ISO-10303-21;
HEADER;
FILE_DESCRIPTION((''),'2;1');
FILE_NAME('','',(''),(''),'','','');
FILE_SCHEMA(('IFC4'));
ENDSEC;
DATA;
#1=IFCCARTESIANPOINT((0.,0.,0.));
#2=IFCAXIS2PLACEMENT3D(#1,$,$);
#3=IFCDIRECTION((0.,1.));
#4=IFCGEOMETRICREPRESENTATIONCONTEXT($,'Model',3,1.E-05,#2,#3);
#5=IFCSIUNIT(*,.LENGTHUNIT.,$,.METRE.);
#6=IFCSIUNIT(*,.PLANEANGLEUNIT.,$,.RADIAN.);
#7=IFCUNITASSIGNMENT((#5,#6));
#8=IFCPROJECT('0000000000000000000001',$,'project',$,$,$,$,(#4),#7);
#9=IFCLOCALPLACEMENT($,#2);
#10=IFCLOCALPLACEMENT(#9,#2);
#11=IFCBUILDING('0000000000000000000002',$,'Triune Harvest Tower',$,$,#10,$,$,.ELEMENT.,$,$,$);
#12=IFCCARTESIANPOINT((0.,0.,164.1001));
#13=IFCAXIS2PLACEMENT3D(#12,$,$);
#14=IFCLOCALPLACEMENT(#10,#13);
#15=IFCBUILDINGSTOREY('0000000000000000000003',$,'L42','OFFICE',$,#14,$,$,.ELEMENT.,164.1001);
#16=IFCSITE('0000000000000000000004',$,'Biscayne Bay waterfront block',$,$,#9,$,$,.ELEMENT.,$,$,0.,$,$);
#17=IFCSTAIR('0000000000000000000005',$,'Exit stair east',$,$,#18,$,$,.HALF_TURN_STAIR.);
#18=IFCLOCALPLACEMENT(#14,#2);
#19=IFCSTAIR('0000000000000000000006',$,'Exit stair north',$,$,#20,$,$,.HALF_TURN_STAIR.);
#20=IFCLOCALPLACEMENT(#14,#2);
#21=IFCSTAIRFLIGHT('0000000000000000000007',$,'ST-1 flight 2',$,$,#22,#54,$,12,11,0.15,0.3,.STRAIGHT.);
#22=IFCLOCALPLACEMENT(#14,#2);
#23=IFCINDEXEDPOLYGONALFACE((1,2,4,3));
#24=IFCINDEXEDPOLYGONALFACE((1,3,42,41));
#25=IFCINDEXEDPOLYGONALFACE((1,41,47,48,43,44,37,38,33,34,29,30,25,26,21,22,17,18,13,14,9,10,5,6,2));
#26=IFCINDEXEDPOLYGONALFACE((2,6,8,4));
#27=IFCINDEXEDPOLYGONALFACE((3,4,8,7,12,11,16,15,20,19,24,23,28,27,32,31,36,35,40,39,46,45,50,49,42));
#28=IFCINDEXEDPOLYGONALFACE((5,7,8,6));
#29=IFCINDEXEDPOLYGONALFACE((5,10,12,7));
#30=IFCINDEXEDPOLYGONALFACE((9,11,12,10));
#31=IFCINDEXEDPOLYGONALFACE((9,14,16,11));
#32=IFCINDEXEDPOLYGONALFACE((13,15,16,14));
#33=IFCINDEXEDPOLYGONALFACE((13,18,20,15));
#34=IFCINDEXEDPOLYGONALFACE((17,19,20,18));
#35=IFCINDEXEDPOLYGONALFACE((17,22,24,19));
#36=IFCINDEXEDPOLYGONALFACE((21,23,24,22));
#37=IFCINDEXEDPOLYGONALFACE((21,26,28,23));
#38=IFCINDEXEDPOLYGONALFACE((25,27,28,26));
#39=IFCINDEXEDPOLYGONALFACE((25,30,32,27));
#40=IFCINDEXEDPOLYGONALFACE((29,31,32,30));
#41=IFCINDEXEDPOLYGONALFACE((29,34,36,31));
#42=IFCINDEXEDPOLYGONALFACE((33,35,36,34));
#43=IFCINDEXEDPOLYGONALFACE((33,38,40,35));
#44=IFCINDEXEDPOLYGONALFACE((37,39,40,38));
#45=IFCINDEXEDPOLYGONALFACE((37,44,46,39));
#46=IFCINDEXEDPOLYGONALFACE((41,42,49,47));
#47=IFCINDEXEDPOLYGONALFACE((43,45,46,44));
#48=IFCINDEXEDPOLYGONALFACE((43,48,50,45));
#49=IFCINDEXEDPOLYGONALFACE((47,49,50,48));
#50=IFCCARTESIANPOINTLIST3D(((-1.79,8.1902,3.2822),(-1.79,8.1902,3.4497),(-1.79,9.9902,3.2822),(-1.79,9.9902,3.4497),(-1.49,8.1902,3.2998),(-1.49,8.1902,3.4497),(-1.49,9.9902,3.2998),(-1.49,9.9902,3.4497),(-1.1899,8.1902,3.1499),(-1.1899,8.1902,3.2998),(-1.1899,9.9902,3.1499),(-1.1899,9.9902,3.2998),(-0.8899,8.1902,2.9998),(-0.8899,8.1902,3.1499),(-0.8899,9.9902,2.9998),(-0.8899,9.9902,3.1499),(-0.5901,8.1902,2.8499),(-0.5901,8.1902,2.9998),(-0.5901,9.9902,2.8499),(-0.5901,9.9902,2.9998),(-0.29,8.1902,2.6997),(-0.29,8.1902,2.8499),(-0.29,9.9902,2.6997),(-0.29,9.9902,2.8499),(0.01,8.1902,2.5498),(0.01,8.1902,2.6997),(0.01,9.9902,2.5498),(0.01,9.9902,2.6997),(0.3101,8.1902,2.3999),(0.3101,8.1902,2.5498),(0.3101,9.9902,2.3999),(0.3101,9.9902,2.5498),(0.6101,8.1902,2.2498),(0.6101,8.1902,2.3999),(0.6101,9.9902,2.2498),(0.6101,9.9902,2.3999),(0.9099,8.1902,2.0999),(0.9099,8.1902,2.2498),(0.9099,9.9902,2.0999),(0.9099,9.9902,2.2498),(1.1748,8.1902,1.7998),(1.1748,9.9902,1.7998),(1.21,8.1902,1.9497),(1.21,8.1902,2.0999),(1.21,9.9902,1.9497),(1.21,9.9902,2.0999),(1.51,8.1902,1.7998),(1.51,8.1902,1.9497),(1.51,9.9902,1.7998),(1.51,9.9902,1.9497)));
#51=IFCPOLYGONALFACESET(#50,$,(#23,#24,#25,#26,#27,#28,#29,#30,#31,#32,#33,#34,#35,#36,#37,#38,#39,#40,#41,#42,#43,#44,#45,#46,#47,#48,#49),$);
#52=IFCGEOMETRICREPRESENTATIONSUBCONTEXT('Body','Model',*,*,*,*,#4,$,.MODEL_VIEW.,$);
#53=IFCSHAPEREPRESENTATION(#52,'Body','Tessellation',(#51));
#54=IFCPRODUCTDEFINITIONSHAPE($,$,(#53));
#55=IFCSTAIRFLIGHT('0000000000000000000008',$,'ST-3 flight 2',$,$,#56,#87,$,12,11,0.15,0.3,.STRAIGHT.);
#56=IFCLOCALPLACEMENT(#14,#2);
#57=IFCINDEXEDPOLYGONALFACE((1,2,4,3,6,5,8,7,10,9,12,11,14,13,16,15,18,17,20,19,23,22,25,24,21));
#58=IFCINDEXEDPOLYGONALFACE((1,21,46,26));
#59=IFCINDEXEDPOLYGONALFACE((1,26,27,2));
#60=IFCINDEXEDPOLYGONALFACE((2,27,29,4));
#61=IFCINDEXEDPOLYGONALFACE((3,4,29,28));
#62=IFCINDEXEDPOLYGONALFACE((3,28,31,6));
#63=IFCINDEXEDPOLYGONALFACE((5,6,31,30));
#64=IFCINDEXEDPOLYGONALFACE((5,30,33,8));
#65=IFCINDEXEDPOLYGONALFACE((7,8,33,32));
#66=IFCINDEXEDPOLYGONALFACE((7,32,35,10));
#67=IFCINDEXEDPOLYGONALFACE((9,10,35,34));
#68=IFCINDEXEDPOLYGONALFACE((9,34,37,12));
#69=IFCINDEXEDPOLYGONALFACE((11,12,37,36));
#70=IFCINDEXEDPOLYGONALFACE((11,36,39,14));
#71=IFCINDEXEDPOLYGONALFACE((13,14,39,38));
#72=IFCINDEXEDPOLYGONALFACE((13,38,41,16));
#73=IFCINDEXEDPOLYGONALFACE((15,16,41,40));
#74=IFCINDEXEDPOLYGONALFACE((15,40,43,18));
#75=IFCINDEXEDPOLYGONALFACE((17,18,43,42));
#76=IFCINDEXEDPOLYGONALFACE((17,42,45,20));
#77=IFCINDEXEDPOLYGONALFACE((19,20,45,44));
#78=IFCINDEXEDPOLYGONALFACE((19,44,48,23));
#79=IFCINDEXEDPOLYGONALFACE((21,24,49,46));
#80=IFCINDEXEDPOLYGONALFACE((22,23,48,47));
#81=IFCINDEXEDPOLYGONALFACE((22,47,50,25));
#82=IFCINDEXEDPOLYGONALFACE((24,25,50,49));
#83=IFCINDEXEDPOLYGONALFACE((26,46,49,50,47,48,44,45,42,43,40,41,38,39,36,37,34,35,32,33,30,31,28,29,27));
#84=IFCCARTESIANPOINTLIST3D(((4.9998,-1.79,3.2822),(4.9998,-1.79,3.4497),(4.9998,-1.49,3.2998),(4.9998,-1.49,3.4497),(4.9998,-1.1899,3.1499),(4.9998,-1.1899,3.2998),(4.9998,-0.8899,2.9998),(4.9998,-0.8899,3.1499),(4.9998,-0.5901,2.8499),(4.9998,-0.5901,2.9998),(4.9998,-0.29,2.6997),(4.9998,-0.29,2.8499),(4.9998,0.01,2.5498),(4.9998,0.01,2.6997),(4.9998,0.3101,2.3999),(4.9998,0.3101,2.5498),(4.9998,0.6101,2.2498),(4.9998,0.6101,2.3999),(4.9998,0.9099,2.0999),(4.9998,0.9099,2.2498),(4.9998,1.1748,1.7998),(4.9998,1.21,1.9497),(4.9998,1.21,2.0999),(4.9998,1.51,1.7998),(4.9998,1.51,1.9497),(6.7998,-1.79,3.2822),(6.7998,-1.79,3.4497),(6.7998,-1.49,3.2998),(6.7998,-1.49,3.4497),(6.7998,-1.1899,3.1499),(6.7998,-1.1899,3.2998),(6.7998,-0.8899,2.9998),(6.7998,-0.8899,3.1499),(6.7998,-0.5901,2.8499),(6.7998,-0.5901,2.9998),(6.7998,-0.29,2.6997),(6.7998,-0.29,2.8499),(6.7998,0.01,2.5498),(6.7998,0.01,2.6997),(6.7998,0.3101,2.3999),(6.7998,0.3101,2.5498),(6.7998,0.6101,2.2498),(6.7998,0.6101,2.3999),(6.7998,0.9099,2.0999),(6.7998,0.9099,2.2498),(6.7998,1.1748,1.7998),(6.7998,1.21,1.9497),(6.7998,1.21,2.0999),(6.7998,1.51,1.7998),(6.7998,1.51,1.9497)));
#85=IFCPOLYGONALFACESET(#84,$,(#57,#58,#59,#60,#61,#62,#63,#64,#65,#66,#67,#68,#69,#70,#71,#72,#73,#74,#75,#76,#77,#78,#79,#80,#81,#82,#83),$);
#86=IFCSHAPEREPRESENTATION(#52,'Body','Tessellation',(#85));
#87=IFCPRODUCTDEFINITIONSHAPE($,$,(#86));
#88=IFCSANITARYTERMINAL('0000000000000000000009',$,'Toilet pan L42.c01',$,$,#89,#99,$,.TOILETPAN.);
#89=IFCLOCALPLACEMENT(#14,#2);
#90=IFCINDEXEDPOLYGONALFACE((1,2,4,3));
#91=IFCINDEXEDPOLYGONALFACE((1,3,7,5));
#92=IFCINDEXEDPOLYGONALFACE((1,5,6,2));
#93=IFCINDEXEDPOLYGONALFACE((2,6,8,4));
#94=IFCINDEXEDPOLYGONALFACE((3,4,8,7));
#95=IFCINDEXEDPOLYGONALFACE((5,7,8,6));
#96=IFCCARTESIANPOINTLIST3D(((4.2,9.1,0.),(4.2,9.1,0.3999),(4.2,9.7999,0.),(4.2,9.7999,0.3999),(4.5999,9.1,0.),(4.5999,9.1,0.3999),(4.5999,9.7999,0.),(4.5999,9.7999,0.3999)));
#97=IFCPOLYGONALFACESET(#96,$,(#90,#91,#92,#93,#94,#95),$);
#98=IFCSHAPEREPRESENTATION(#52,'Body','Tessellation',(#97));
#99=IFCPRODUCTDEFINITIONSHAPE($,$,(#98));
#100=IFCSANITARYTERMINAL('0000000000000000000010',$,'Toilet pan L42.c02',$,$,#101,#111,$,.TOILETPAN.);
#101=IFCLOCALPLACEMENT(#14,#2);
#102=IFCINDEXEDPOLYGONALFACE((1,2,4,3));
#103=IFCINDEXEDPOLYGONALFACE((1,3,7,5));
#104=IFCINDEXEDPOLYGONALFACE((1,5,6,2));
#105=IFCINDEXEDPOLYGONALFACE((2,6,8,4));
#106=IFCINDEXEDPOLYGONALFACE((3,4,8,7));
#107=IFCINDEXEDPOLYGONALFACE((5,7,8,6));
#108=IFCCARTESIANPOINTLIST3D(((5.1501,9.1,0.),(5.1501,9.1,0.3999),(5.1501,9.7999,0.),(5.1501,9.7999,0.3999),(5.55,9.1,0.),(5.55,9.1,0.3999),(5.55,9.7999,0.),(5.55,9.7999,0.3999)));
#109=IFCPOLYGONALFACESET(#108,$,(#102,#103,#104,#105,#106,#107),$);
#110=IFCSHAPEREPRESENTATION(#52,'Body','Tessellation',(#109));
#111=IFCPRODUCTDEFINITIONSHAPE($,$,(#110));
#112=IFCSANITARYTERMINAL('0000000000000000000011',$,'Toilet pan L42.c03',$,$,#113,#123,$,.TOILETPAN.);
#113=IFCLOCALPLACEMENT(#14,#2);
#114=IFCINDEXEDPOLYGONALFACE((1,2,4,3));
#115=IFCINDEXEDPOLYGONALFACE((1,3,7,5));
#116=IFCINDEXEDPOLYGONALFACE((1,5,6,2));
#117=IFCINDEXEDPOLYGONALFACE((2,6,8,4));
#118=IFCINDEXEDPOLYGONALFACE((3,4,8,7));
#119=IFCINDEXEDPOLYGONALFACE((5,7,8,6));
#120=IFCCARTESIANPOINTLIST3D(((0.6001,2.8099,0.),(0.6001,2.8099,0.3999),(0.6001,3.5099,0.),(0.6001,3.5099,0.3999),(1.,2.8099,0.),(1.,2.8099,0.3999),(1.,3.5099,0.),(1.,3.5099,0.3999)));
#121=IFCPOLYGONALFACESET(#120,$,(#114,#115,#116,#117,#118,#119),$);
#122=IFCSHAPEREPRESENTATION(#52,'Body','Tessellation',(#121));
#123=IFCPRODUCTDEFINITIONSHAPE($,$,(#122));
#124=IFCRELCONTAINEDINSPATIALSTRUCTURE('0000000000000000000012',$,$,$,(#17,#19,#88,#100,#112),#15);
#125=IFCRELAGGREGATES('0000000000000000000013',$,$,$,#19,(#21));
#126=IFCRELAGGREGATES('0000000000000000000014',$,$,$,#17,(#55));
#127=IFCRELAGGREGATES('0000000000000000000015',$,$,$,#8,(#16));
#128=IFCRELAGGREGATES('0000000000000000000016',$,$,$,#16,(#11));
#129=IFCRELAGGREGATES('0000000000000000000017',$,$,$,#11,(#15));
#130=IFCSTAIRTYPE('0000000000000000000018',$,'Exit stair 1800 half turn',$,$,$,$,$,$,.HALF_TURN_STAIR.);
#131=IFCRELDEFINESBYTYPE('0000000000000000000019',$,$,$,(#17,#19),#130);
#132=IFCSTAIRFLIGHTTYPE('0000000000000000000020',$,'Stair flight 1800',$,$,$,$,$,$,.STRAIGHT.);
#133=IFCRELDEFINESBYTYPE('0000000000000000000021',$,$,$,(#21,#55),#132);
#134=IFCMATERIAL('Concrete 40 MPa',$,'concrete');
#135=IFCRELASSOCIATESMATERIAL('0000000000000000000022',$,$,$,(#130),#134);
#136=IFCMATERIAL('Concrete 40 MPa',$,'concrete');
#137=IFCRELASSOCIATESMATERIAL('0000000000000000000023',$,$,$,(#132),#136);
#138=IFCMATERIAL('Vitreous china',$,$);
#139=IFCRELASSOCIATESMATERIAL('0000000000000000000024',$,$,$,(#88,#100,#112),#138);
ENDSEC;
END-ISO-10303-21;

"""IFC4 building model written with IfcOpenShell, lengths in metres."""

from ifc_helpers import new_model, si_unit, direction, frame, origin, origin_2d, place, context, subcontext, project, spatial, polyline, rectangle, outline, extrude, source, transform, mapped, material, type_object, element, aggregate, save


model = new_model("IFC4")

# Units and contexts
model_context = context("Model", 3, precision=1e-05, world=origin(), true_north=direction((0.0, 1.0)))
body_context = subcontext(model_context, "Body", "Model", "MODEL_VIEW")
ifc_project = project(units=[si_unit("LENGTHUNIT", "METRE"), si_unit("PLANEANGLEUNIT", "RADIAN")], contexts=[model_context])

# Site, building, storey
site_placement = place(None, origin())
site = spatial("IfcSite", under=ifc_project, at=site_placement, Name="Biscayne Bay waterfront block", CompositionType="ELEMENT", RefElevation=0.0)
building_placement = place(site_placement, origin())
building = spatial("IfcBuilding", under=site, at=building_placement, Name="Triune Harvest Tower", CompositionType="ELEMENT")
storey_placement = place(building_placement, frame((0.0, 0.0, 164.1001)))
storey = spatial("IfcBuildingStorey", under=building, at=storey_placement, Name="L42", Description="OFFICE", CompositionType="ELEMENT", Elevation=164.1001)

# Stair
ifc_material_1 = material(Name="Concrete 40 MPa", Category="concrete")
stair_type = type_object("IfcStairType", Name="Exit stair 1800 half turn", PredefinedType="HALF_TURN_STAIR", material=ifc_material_1)
stair_1_placement = place(storey_placement, origin())
stair_1 = element("IfcStair", 1, at=stair_1_placement, inside=storey, type_object=stair_type, Name="Exit stair east", PredefinedType="HALF_TURN_STAIR")

# Stair, stair flight
stair_2_placement = place(storey_placement, origin())
stair_2 = element("IfcStair", 2, at=stair_2_placement, inside=storey, type_object=stair_type, Name="Exit stair north", PredefinedType="HALF_TURN_STAIR")
ifc_material_2 = material(Name="Concrete 40 MPa", Category="concrete")
stair_flight_type = type_object("IfcStairFlightType", Name="Stair flight 1800", PredefinedType="STRAIGHT", material=ifc_material_2)
shared_shape_1 = source(origin(), body_context, "Body", "SweptSolid", [
    extrude(outline(polyline([(0.0, 0.0), (0.0, 0.1499), (0.3, 0.1499), (0.3, 0.3), (0.6001, 0.3), (0.6001, 0.45), (0.8999, 0.45), (0.8999, 0.6001), (1.2, 0.6001), (1.2, 0.75), (1.5, 0.75), (1.5, 0.8999), (1.8, 0.8999), (1.8, 1.05), (2.1001, 1.05), (2.1001, 1.2), (2.3999, 1.2), (2.3999, 1.3501), (2.7, 1.3501), (2.7, 1.5), (3.0, 1.5), (3.0, 1.6499), (3.3, 1.6499), (3.3, 1.8), (3.3, 1.4824), (0.3352, 0.0), (0.0, 0.0)])), frame((0.0, 0.8999, 0.0), z_axis=(0.0, -1.0, 0.0), x_axis=(1.0, 0.0, 0.0)), (0.0, 0.0, 1.0), 1.8),
])
stair_flight_1_placement = place(storey_placement, frame((1.51, 9.0901, 1.7998), z_axis=(0.0, 0.0, 1.0), x_axis=(-1.0, 0.0, 0.0)))
stair_flight_1 = element("IfcStairFlight", 3, at=stair_flight_1_placement, type_object=stair_flight_type, Name="ST-1 flight 2", NumberOfRisers=12, NumberOfTreads=11, PredefinedType="STRAIGHT", RiserHeight=0.15, TreadLength=0.3, context=body_context, shape_type="MappedRepresentation", body=[
    mapped(shared_shape_1, transform((0.0, 0.0, 0.0), scale=1.0)),
])
aggregate(stair_2, [stair_flight_1])

# Stair flight
stair_flight_2_placement = place(storey_placement, frame((5.8999, 1.51, 1.7998), z_axis=(0.0, 0.0, 1.0), x_axis=(0.0, -1.0, 0.0)))
stair_flight_2 = element("IfcStairFlight", 4, at=stair_flight_2_placement, type_object=stair_flight_type, Name="ST-3 flight 2", NumberOfRisers=12, NumberOfTreads=11, PredefinedType="STRAIGHT", RiserHeight=0.15, TreadLength=0.3, context=body_context, shape_type="MappedRepresentation", body=[
    mapped(shared_shape_1, transform((0.0, 0.0, 0.0), scale=1.0)),
])
aggregate(stair_1, [stair_flight_2])

# Sanitary terminals
ifc_material_3 = material(Name="Vitreous china")
shared_shape_2 = source(origin(), body_context, "Body", "SweptSolid", [
    extrude(rectangle(XDim=0.3999, YDim=0.7, at=origin_2d()), origin(), (0.0, 0.0, 1.0), 0.3999),
])
for number, where, z_axis, x_axis, name in (
    (5, (4.3999, 9.45, 0.0), (0.0, 0.0, 1.0), (1.0, 0.0, 0.0), "Toilet pan L42.c01"),
    (6, (5.3501, 9.45, 0.0), (0.0, 0.0, 1.0), (1.0, 0.0, 0.0), "Toilet pan L42.c02"),
    (7, (0.8, 3.1599, 0.0), (0.0, 0.0, 1.0), (-1.0, 0.0, 0.0), "Toilet pan L42.c03"),
):
    element("IfcSanitaryTerminal", number, at=place(storey_placement, frame(where, z_axis=z_axis, x_axis=x_axis)), inside=storey, material=ifc_material_3, Name=name, PredefinedType="TOILETPAN", context=body_context, shape_type="MappedRepresentation", body=[
        mapped(shared_shape_2, transform((0.0, 0.0, 0.0), scale=1.0)),
    ])

save(model, "model.ifc")
